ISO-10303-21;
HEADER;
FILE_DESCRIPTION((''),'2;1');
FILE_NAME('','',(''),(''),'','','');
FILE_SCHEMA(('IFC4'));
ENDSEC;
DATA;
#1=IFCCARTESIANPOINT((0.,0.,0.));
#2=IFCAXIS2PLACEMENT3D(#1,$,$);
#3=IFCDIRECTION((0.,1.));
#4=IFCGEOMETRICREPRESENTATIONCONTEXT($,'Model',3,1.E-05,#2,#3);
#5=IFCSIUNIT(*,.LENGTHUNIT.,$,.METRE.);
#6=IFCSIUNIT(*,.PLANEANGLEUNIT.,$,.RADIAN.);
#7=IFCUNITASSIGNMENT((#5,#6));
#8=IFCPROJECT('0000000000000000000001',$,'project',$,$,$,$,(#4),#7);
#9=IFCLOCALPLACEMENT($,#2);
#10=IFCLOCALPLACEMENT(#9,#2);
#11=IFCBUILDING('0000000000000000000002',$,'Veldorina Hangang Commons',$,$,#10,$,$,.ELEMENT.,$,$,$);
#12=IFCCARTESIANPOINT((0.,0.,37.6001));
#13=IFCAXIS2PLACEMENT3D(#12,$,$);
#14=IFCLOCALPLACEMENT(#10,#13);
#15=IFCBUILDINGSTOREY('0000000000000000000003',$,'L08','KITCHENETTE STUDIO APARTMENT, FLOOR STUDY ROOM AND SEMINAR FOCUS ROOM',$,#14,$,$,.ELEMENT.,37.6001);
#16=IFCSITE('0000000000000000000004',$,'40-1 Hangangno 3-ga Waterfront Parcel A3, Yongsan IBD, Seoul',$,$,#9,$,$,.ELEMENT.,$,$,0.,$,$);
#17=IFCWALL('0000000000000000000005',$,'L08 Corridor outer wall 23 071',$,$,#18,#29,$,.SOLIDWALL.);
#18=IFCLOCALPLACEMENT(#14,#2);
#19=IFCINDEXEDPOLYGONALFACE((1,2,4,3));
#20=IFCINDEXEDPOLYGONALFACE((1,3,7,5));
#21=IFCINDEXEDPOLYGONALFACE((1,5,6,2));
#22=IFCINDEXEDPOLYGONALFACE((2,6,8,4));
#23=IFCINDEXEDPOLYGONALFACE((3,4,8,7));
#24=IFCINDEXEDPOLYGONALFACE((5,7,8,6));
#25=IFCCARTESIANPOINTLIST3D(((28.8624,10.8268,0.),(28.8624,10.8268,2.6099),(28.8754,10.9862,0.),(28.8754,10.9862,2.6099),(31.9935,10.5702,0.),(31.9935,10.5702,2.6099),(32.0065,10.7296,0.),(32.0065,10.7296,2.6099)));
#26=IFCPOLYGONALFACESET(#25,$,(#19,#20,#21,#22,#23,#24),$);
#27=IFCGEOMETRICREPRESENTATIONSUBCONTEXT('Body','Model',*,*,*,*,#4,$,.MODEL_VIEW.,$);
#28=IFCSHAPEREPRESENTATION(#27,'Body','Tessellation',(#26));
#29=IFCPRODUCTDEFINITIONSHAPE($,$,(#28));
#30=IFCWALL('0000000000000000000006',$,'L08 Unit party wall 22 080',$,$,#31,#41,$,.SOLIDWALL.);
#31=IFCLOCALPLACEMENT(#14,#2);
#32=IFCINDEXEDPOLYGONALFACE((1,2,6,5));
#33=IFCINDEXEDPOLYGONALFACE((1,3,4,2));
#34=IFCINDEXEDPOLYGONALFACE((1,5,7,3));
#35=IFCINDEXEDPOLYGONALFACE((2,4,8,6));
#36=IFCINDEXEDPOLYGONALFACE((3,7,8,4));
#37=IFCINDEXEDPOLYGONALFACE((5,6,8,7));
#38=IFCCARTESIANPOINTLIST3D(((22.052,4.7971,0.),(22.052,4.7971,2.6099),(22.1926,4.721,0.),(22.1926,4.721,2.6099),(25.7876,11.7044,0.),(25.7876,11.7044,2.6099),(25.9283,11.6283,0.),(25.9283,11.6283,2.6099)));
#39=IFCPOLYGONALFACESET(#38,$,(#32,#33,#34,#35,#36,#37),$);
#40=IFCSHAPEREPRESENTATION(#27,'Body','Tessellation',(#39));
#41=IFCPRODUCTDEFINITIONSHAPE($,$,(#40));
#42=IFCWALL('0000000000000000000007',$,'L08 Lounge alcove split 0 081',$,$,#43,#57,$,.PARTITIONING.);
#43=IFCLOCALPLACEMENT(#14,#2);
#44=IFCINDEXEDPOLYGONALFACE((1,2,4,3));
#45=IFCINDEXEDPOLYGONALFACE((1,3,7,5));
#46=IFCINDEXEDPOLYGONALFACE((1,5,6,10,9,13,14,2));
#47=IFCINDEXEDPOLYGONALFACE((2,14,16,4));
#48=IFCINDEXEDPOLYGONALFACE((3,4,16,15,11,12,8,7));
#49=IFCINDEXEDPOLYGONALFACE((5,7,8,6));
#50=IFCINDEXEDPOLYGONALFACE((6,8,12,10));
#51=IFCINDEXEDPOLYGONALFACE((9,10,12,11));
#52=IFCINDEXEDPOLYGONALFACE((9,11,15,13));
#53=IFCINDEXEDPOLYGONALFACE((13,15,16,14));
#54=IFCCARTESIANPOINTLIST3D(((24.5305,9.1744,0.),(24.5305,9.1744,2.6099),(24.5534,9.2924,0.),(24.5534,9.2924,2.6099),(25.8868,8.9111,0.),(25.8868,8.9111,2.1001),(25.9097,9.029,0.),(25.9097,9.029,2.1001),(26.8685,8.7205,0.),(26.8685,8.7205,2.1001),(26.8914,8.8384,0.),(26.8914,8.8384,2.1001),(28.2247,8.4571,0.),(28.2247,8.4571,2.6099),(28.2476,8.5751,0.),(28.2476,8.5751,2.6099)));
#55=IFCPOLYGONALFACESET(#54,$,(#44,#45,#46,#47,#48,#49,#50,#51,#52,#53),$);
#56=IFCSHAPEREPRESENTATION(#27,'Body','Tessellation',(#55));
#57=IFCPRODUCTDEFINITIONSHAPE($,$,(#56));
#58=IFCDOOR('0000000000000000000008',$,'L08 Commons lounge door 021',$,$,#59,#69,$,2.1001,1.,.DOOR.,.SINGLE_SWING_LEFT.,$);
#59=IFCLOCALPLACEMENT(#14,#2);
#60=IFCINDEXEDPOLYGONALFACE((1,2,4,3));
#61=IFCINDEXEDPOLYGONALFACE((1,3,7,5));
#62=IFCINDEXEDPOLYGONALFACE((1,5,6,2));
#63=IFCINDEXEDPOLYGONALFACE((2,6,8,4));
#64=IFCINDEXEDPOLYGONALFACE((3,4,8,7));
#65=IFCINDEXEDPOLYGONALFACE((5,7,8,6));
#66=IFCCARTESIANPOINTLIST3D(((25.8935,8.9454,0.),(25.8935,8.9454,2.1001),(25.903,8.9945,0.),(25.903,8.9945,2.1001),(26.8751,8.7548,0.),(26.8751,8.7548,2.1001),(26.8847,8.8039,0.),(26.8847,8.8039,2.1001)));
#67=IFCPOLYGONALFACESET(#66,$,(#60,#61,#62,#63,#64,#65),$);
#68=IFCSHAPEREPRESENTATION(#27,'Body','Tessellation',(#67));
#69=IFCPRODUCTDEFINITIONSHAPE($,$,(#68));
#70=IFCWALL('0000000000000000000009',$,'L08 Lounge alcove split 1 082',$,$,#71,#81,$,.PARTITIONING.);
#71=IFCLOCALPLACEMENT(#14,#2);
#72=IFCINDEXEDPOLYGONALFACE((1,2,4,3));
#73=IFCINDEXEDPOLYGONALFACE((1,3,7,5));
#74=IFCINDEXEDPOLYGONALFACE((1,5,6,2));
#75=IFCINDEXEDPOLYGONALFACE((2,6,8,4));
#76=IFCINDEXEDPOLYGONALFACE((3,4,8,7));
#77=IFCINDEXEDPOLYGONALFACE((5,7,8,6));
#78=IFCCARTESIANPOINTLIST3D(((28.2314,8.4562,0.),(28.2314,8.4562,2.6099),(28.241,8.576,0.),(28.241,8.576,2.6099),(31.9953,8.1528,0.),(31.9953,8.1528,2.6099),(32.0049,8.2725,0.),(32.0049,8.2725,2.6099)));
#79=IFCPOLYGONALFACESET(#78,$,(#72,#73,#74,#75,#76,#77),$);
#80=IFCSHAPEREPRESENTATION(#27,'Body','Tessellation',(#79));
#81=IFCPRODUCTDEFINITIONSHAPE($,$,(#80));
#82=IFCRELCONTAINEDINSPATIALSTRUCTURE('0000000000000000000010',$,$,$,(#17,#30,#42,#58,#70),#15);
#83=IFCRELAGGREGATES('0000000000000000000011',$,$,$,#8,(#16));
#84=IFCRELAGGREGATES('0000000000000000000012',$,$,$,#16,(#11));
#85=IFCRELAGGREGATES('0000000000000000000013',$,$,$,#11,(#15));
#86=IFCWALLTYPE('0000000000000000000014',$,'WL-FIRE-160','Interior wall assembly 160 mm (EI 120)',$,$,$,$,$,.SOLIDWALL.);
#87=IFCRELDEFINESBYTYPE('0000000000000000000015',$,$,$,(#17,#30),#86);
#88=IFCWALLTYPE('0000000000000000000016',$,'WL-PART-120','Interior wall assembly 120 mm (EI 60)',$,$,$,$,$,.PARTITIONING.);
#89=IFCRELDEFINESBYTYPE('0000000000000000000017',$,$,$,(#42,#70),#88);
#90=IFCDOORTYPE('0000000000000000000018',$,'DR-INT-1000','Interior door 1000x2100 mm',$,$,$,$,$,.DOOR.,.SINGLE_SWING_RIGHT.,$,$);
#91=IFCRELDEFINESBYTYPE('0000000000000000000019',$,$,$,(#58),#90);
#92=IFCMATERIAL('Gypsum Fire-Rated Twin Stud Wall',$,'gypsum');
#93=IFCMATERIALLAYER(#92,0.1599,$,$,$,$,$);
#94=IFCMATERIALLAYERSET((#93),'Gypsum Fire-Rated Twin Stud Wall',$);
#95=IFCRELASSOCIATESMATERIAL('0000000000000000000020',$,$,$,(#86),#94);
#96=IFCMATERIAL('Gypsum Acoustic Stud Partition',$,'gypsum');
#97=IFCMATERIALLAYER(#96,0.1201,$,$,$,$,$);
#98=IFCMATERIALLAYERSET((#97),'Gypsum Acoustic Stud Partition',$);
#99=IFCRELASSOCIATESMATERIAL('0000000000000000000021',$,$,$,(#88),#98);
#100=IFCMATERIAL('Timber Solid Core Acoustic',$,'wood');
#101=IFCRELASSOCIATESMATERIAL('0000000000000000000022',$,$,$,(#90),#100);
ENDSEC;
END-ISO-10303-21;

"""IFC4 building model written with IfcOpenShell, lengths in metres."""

from ifc_helpers import new_model, si_unit, direction, frame, frame_2d, origin, place, context, subcontext, project, spatial, rectangle, extrude, material, layer, layer_set, type_object, element, fill, save


model = new_model("IFC4")

# Units and contexts
model_context = context("Model", 3, precision=1e-05, world=origin(), true_north=direction((0.0, 1.0)))
body_context = subcontext(model_context, "Body", "Model", "MODEL_VIEW")
ifc_project = project(units=[si_unit("LENGTHUNIT", "METRE"), si_unit("PLANEANGLEUNIT", "RADIAN")], contexts=[model_context])

# Site, building, storey
site_placement = place(None, origin())
site = spatial("IfcSite", under=ifc_project, at=site_placement, Name="40-1 Hangangno 3-ga Waterfront Parcel A3, Yongsan IBD, Seoul", CompositionType="ELEMENT", RefElevation=0.0)
building_placement = place(site_placement, origin())
building = spatial("IfcBuilding", under=site, at=building_placement, Name="Veldorina Hangang Commons", CompositionType="ELEMENT")
storey_placement = place(building_placement, frame((0.0, 0.0, 37.6001)))
storey = spatial("IfcBuildingStorey", under=building, at=storey_placement, Name="L08", Description="KITCHENETTE STUDIO APARTMENT, FLOOR STUDY ROOM AND SEMINAR FOCUS ROOM", CompositionType="ELEMENT", Elevation=37.6001)

# Shared definitions
ifc_material_1 = material(Name="Gypsum Fire-Rated Twin Stud Wall", Category="gypsum")
ifc_layer_1 = layer(ifc_material_1, 0.1599)
ifc_layer_set_1 = layer_set([ifc_layer_1], Name="Gypsum Fire-Rated Twin Stud Wall")
wall_type_1 = type_object("IfcWallType", Name="WL-FIRE-160", Description="Interior wall assembly 160 mm (EI 120)", PredefinedType="SOLIDWALL", material=ifc_layer_set_1)
ifc_material_2 = material(Name="Timber Solid Core Acoustic", Category="wood")

# Walls
wall_1_placement = place(storey_placement, frame((28.8689, 10.9065, 0.0), z_axis=(0.0, 0.0, 1.0), x_axis=(0.996659, -0.081676, 0.0)))
element("IfcWall", 1, at=wall_1_placement, inside=storey, type_object=wall_type_1, Name="L08 Corridor outer wall 23 071", PredefinedType="SOLIDWALL", context=body_context, shape_type="SweptSolid", body=[
    extrude(rectangle(XDim=3.1416, YDim=0.1599, at=frame_2d((1.5708, 0.0))), origin(), (0.0, 0.0, 1.0), 2.6099),
])
wall_2_placement = place(storey_placement, frame((25.8579, 11.6663, 0.0), z_axis=(0.0, 0.0, 1.0), x_axis=(-0.47571, -0.879602, 0.0)))
element("IfcWall", 2, at=wall_2_placement, inside=storey, type_object=wall_type_1, Name="L08 Unit party wall 22 080", PredefinedType="SOLIDWALL", context=body_context, shape_type="SweptSolid", body=[
    extrude(rectangle(XDim=7.8528, YDim=0.1599, at=frame_2d((3.9263, 0.0))), origin(), (0.0, 0.0, 1.0), 2.6099),
])

# Wall, opening, door
ifc_material_3 = material(Name="Gypsum Acoustic Stud Partition", Category="gypsum")
ifc_layer_2 = layer(ifc_material_3, 0.1201)
ifc_layer_set_2 = layer_set([ifc_layer_2], Name="Gypsum Acoustic Stud Partition")
wall_type_2 = type_object("IfcWallType", Name="WL-PART-120", Description="Interior wall assembly 120 mm (EI 60)", PredefinedType="PARTITIONING", material=ifc_layer_set_2)
wall_3_placement = place(storey_placement, frame((24.542, 9.2334, 0.0), z_axis=(0.0, 0.0, 1.0), x_axis=(0.981666, -0.190611, 0.0)))
wall_3 = element("IfcWall", 3, at=wall_3_placement, inside=storey, type_object=wall_type_2, Name="L08 Lounge alcove split 0 081", PredefinedType="PARTITIONING", context=body_context, shape_type="SweptSolid", body=[
    extrude(rectangle(XDim=3.7632, YDim=0.1201, at=frame_2d((1.8816, 0.0))), origin(), (0.0, 0.0, 1.0), 2.6099),
])
opening_1_placement = place(wall_3_placement, frame((1.3816, 0.0, 0.0)))
opening_1 = element("IfcOpeningElement", 4, at=opening_1_placement, cuts=wall_3, PredefinedType="OPENING", context=body_context, shape_type="SweptSolid", body=[
    extrude(rectangle(XDim=1.0, YDim=2.1001, at=frame_2d((0.5, 1.05))), frame((0.0, 0.0701, 0.0), z_axis=(0.0, -1.0, 0.0), x_axis=(1.0, 0.0, 0.0)), (0.0, 0.0, 1.0), 0.1401),
])
door_type_1 = type_object("IfcDoorType", Name="DR-INT-1000", Description="Interior door 1000x2100 mm", OperationType="SINGLE_SWING_RIGHT", PredefinedType="DOOR", material=ifc_material_2)
door_1_placement = place(opening_1_placement, origin())
door_1 = element("IfcDoor", 5, at=door_1_placement, inside=storey, type_object=door_type_1, Name="L08 Commons lounge door 021", OperationType="SINGLE_SWING_LEFT", OverallHeight=2.1001, OverallWidth=1.0, PredefinedType="DOOR", context=body_context, shape_type="SweptSolid", body=[
    extrude(rectangle(XDim=1.0, YDim=2.1001, at=frame_2d((0.5, 1.05))), frame((0.0, 0.0249, 0.0), z_axis=(0.0, -1.0, 0.0), x_axis=(1.0, 0.0, 0.0)), (0.0, 0.0, 1.0), 0.05),
])
fill(opening_1, door_1)

# Wall
wall_4_placement = place(storey_placement, frame((28.2361, 8.5161, 0.0), z_axis=(0.0, 0.0, 1.0), x_axis=(0.996766, -0.080365, 0.0)))
element("IfcWall", 6, at=wall_4_placement, inside=storey, type_object=wall_type_2, Name="L08 Lounge alcove split 1 082", PredefinedType="PARTITIONING", context=body_context, shape_type="SweptSolid", body=[
    extrude(rectangle(XDim=3.7761, YDim=0.1201, at=frame_2d((1.8882, 0.0))), origin(), (0.0, 0.0, 1.0), 2.6099),
])

save(model, "model.ifc")
